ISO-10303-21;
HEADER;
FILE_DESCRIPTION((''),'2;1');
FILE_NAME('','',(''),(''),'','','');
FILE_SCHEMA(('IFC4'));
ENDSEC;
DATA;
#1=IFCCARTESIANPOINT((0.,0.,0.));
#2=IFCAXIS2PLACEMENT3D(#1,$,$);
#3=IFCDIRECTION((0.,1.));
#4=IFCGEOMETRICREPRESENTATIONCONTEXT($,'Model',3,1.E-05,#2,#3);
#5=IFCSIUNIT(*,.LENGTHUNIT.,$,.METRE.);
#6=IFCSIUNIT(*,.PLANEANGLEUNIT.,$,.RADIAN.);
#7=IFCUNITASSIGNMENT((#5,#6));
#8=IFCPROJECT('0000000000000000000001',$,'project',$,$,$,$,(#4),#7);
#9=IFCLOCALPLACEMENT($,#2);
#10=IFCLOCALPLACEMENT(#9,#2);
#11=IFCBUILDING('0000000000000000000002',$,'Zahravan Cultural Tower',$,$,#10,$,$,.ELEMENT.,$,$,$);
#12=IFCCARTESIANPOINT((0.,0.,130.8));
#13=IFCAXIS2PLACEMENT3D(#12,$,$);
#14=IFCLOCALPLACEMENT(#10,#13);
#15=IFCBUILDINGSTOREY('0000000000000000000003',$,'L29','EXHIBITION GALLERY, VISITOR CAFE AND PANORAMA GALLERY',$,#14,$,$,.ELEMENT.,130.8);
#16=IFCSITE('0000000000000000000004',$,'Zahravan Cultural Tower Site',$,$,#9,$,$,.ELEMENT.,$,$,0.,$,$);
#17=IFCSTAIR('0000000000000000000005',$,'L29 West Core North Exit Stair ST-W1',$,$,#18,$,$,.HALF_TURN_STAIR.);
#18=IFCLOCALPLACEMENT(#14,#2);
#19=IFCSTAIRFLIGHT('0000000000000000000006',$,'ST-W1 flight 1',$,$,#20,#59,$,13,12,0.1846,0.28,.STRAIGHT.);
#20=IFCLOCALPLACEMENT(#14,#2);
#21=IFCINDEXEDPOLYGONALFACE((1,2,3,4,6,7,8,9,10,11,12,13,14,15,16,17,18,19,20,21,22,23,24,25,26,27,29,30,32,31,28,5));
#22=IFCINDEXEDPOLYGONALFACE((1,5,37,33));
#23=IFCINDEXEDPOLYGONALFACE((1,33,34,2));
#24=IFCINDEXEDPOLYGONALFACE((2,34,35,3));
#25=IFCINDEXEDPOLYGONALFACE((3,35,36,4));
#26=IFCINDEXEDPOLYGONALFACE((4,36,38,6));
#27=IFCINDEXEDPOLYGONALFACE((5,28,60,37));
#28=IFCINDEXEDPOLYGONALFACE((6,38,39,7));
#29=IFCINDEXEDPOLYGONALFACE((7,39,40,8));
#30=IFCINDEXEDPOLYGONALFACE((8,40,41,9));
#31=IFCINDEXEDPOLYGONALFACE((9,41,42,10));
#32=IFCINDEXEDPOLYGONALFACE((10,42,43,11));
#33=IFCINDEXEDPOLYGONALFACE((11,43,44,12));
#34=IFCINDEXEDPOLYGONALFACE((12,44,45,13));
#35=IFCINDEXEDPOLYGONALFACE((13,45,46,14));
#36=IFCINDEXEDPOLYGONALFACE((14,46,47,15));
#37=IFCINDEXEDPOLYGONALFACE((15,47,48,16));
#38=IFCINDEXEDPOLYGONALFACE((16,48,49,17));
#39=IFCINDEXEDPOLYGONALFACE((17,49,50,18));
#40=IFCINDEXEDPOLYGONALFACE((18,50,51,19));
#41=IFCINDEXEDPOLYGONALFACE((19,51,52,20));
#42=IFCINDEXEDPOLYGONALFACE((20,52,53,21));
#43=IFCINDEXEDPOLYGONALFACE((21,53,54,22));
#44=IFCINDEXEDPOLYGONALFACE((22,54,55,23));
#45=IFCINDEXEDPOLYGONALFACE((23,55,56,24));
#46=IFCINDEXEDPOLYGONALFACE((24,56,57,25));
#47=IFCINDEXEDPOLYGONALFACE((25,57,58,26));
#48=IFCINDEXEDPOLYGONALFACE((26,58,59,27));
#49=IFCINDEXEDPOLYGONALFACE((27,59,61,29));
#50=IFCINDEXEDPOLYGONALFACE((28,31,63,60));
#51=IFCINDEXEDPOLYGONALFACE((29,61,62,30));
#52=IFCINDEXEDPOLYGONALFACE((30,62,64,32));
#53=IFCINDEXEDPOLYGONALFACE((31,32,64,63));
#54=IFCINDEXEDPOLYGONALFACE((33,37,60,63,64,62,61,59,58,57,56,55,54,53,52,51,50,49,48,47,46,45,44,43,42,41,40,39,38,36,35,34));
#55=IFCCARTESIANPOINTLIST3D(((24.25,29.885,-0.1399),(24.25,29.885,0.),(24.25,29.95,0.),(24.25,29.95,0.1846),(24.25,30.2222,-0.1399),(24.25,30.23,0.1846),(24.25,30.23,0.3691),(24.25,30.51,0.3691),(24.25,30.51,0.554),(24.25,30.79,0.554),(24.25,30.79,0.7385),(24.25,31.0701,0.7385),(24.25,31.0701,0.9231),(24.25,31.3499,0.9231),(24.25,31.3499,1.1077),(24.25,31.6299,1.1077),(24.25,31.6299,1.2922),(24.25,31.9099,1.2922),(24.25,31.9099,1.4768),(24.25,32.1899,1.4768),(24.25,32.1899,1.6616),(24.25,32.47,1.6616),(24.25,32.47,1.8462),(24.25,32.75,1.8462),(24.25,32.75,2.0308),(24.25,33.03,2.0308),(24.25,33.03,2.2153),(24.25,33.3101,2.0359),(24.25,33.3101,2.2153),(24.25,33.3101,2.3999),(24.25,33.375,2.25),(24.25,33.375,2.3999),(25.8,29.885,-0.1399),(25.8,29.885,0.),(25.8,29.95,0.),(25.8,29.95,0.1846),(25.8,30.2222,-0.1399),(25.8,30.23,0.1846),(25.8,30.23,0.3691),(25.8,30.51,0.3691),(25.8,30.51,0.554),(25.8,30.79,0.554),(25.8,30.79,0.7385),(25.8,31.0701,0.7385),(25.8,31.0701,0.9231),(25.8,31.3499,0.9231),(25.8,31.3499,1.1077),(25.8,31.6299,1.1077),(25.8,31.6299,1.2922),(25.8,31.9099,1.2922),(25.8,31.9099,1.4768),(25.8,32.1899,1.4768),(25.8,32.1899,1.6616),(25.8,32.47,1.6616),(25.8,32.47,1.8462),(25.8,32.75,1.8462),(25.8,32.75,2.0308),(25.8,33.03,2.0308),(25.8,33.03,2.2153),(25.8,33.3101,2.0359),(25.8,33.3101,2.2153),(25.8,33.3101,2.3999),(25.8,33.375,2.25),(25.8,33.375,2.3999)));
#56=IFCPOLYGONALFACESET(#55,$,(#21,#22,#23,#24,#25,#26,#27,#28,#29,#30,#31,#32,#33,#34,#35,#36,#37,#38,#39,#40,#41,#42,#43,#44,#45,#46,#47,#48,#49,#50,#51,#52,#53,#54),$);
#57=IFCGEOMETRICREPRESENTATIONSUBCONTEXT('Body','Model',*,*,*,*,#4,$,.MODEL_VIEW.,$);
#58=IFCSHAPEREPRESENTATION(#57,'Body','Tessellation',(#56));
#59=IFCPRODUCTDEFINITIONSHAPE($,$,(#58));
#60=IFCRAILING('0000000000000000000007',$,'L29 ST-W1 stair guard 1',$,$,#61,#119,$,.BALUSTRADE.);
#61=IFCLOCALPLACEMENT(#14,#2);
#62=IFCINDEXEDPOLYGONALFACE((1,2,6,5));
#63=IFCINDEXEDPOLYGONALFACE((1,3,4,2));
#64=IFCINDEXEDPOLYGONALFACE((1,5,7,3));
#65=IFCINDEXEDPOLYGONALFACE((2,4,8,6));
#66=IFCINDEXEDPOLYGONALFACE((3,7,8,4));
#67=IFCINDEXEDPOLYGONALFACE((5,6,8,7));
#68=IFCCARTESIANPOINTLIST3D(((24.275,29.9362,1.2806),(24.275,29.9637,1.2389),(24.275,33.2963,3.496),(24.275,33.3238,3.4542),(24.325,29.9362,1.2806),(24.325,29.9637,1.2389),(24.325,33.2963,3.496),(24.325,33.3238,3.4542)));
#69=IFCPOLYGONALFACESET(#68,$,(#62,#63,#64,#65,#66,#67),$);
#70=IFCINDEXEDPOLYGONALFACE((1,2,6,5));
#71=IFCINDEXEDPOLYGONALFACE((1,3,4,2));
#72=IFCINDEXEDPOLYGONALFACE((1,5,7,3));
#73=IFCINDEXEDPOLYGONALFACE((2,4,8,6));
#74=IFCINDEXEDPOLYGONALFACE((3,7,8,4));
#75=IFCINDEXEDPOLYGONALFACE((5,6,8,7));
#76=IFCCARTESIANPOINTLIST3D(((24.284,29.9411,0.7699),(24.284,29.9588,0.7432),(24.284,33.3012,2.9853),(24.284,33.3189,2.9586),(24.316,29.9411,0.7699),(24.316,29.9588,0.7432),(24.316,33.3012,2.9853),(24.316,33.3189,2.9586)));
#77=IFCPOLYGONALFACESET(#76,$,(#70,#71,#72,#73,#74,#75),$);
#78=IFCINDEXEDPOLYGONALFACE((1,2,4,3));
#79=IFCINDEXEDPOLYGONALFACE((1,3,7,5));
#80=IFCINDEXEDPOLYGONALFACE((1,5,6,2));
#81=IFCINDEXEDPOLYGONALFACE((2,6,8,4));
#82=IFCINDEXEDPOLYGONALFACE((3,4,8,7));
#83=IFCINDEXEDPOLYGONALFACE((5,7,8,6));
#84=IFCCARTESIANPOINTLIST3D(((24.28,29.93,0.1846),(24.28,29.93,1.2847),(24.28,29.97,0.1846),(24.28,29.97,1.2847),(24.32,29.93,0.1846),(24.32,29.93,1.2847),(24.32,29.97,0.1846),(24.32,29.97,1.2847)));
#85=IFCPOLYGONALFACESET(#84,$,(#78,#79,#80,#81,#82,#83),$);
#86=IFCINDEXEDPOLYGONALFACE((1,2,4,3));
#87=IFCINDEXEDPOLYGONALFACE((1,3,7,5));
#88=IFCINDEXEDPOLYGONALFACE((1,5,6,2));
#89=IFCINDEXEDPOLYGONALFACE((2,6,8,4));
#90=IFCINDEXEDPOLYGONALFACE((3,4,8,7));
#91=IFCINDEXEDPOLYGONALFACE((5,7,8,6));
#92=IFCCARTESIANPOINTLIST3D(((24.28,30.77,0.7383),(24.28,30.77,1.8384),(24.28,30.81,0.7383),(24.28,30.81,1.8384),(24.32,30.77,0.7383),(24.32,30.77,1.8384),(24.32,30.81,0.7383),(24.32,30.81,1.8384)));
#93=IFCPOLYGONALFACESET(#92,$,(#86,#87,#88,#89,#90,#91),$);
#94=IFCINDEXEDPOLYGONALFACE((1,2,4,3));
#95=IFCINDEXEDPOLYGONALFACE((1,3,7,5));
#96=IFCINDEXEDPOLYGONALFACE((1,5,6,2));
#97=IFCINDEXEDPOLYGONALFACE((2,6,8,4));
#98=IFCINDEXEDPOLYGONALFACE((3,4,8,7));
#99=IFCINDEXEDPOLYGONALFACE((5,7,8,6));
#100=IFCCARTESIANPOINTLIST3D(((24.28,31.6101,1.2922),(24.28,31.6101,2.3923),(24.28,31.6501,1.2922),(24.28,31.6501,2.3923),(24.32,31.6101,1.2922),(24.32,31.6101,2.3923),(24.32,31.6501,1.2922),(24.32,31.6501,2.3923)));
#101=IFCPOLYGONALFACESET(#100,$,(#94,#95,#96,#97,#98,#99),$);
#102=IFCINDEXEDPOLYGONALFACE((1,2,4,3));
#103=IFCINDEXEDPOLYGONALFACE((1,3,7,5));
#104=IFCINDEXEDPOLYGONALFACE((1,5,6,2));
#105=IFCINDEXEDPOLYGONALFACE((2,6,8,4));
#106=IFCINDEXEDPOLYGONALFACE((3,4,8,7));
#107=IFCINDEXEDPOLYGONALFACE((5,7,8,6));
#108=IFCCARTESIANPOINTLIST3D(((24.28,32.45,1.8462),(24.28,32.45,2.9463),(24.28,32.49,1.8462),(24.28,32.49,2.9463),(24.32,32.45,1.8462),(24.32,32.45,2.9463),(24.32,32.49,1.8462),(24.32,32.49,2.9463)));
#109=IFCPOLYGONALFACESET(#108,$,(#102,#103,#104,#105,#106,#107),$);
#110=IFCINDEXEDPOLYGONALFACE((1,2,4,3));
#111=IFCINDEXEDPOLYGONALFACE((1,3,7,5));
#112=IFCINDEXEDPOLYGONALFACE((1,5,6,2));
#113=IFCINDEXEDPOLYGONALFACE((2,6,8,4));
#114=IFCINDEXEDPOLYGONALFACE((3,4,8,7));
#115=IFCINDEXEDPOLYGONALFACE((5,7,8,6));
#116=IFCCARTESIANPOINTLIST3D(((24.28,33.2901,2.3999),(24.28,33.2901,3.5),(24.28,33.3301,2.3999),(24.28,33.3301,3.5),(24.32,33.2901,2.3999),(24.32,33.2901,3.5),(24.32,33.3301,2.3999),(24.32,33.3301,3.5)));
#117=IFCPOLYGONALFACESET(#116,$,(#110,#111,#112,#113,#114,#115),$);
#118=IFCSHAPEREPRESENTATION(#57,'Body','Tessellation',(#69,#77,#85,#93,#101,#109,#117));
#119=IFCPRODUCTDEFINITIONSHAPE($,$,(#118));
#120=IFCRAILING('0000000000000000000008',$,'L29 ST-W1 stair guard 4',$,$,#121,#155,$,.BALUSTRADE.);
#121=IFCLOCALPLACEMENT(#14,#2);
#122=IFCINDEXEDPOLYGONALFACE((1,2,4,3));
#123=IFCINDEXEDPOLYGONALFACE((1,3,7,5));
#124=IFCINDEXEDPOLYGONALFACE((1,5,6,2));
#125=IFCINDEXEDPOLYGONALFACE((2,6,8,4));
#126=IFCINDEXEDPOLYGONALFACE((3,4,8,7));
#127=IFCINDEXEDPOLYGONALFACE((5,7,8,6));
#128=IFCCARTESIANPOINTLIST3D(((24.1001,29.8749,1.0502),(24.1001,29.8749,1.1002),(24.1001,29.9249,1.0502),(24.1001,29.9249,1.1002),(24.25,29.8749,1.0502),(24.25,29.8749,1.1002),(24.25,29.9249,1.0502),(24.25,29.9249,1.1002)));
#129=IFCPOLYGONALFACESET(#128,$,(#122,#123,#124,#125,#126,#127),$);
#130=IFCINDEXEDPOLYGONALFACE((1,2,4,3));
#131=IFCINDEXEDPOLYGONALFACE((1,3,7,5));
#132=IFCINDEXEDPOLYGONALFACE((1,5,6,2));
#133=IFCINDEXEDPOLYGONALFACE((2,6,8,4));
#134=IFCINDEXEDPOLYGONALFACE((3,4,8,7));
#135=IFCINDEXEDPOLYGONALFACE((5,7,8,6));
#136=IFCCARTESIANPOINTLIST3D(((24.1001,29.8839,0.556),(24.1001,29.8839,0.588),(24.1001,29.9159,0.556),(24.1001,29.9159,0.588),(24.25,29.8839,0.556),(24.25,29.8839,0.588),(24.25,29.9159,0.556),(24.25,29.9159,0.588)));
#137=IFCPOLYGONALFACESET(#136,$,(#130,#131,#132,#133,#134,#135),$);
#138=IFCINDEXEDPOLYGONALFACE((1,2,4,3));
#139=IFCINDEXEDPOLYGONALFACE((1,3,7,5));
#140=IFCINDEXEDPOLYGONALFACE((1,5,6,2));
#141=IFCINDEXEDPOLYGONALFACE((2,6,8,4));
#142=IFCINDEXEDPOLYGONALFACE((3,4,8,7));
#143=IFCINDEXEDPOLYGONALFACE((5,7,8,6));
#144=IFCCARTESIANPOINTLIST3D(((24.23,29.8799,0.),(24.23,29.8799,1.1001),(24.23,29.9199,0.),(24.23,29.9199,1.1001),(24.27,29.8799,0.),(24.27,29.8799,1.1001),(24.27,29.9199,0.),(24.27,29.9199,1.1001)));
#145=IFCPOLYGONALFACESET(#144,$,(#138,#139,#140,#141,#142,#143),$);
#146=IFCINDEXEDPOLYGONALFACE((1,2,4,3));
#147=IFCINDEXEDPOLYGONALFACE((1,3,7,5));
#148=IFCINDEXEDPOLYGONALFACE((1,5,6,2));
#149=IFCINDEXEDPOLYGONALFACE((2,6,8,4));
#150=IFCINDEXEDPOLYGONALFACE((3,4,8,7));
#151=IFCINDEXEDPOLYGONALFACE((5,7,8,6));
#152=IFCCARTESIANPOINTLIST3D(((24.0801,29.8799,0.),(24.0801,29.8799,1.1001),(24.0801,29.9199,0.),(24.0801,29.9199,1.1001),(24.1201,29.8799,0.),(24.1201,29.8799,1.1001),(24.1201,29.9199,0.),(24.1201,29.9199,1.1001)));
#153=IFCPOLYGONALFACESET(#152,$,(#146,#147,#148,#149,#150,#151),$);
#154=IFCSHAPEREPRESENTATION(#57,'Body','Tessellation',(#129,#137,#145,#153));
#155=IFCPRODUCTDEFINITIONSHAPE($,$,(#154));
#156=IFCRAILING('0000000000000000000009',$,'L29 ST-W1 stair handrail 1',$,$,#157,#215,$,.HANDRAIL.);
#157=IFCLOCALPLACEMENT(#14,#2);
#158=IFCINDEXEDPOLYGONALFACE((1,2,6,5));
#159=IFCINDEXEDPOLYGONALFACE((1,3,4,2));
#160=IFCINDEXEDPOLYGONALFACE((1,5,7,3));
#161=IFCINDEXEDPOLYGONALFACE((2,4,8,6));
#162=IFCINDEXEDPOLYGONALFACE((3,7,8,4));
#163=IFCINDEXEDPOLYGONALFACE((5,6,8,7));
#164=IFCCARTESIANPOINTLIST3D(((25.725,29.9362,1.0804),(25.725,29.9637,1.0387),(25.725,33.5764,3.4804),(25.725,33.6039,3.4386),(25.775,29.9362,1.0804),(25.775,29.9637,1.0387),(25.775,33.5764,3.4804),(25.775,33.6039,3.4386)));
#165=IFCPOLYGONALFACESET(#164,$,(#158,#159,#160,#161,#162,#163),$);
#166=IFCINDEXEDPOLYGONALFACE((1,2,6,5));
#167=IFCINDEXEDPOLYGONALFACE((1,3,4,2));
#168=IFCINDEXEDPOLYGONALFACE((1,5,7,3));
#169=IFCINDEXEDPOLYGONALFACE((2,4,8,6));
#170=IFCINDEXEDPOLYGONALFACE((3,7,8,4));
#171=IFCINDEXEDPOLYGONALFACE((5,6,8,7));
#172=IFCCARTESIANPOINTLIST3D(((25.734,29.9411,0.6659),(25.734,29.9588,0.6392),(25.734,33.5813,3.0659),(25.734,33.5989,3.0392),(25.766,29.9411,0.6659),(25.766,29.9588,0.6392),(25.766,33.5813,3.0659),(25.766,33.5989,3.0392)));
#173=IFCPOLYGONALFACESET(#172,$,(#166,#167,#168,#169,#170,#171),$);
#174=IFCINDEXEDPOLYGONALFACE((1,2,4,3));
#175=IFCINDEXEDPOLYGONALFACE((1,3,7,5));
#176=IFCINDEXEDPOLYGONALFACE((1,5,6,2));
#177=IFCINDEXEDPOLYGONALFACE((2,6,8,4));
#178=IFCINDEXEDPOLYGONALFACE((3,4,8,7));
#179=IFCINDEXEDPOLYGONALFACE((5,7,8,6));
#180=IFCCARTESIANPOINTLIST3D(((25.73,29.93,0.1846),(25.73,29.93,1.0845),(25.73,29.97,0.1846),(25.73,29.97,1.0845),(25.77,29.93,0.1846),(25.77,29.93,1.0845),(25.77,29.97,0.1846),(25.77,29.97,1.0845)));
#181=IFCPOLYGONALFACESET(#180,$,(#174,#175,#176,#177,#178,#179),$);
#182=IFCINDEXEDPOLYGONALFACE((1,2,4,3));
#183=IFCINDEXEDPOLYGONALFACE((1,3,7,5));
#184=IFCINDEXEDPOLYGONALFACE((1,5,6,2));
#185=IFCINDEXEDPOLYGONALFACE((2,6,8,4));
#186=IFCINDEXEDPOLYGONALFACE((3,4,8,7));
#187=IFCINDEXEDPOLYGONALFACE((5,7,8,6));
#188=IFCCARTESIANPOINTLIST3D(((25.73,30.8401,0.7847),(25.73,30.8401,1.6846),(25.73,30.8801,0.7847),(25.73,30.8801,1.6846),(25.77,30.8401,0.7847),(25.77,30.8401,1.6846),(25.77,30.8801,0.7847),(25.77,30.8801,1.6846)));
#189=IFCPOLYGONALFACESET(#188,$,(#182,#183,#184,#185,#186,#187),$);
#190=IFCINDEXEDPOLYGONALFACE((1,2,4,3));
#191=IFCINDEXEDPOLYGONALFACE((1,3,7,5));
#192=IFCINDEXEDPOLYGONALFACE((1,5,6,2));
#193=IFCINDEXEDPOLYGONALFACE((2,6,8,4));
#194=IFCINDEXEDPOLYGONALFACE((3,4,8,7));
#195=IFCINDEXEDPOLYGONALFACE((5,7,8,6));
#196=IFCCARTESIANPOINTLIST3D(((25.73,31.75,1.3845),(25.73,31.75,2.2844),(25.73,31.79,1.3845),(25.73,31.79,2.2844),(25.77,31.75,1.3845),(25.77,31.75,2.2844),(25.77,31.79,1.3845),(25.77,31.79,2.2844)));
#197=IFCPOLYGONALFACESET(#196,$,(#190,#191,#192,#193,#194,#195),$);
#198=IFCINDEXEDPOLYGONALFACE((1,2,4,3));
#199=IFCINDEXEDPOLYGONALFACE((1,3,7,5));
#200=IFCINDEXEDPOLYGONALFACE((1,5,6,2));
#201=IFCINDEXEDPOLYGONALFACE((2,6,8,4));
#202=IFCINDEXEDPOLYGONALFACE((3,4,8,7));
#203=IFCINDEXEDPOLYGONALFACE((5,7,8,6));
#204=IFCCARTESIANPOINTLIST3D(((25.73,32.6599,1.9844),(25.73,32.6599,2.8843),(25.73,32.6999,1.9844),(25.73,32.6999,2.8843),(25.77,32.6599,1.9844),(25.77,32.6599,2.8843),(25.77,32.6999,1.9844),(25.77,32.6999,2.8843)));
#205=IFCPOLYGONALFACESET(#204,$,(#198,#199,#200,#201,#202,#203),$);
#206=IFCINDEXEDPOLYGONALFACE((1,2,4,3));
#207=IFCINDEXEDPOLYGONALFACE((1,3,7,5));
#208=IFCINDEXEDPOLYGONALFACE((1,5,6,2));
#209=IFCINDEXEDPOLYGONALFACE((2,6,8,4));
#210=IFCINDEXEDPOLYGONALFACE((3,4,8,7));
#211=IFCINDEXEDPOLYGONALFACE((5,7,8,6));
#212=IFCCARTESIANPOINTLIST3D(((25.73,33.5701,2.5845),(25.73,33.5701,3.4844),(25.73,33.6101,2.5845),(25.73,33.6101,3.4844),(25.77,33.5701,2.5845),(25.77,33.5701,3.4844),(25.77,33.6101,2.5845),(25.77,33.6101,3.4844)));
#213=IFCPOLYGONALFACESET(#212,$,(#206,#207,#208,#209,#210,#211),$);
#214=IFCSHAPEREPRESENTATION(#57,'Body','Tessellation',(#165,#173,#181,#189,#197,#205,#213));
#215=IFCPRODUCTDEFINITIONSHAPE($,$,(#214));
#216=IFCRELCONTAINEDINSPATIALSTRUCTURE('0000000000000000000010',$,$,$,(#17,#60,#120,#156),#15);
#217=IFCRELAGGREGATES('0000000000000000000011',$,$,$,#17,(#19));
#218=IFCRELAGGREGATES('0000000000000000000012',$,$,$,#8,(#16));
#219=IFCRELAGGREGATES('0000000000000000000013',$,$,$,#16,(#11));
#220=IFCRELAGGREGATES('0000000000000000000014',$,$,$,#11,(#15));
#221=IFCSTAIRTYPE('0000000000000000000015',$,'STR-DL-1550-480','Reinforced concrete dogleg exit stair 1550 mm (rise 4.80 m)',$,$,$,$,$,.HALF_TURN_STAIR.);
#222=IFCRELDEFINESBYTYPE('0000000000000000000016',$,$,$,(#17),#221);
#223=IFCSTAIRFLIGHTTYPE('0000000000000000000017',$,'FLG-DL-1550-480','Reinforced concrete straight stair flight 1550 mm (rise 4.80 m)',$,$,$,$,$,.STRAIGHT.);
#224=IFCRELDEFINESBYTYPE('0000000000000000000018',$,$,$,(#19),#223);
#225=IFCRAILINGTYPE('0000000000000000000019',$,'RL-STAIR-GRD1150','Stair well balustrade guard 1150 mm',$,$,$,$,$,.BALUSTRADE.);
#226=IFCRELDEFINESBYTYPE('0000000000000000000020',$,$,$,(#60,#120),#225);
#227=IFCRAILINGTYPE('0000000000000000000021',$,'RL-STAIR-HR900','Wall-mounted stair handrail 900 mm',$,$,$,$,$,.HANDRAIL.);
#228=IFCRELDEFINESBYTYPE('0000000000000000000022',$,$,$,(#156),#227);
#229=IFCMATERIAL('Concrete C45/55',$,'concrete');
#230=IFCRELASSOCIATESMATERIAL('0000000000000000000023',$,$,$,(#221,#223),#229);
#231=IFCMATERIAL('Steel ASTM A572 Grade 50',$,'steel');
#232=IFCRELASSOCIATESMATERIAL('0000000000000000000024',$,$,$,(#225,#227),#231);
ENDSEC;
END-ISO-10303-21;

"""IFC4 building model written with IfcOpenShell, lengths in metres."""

from ifc_helpers import new_model, si_unit, direction, frame, origin, origin_2d, place, context, subcontext, project, spatial, polyline, rectangle, outline, extrude, material, type_object, element, aggregate, save


model = new_model("IFC4")

# Units and contexts
model_context = context("Model", 3, precision=1e-05, world=origin(), true_north=direction((0.0, 1.0)))
body_context = subcontext(model_context, "Body", "Model", "MODEL_VIEW")
ifc_project = project(units=[si_unit("LENGTHUNIT", "METRE"), si_unit("PLANEANGLEUNIT", "RADIAN")], contexts=[model_context])

# Site, building, storey
site_placement = place(None, origin())
site = spatial("IfcSite", under=ifc_project, at=site_placement, Name="Zahravan Cultural Tower Site", CompositionType="ELEMENT", RefElevation=0.0)
building_placement = place(site_placement, origin())
building = spatial("IfcBuilding", under=site, at=building_placement, Name="Zahravan Cultural Tower", CompositionType="ELEMENT")
storey_placement = place(building_placement, frame((0.0, 0.0, 130.8)))
storey = spatial("IfcBuildingStorey", under=building, at=storey_placement, Name="L29", Description="EXHIBITION GALLERY, VISITOR CAFE AND PANORAMA GALLERY", CompositionType="ELEMENT", Elevation=130.8)

# Shared definitions
ifc_material_1 = material(Name="Steel ASTM A572 Grade 50", Category="steel")

# Shared definitions
ifc_material_2 = material(Name="Concrete C45/55", Category="concrete")

# Stair, stair flight
stair_type = type_object("IfcStairType", Name="STR-DL-1550-480", Description="Reinforced concrete dogleg exit stair 1550 mm (rise 4.80 m)", PredefinedType="HALF_TURN_STAIR", material=ifc_material_2)
stair_placement = place(storey_placement, origin())
stair = element("IfcStair", 1, at=stair_placement, inside=storey, type_object=stair_type, Name="L29 West Core North Exit Stair ST-W1", PredefinedType="HALF_TURN_STAIR")
stair_flight_type = type_object("IfcStairFlightType", Name="FLG-DL-1550-480", Description="Reinforced concrete straight stair flight 1550 mm (rise 4.80 m)", PredefinedType="STRAIGHT", material=ifc_material_2)
stair_flight_placement = place(storey_placement, frame((25.0249, 29.95, 0.0), z_axis=(0.0, 0.0, 1.0), x_axis=(0.0, 1.0, 0.0)))
stair_flight = element("IfcStairFlight", 2, at=stair_flight_placement, type_object=stair_flight_type, Name="ST-W1 flight 1", NumberOfRisers=13, NumberOfTreads=12, PredefinedType="STRAIGHT", RiserHeight=0.1846, TreadLength=0.28, context=body_context, shape_type="SweptSolid", body=[
    extrude(outline(polyline([(-0.0649, -0.1399), (-0.0649, 0.0), (0.0, 0.0), (0.0, 0.1846), (0.28, 0.1846), (0.28, 0.3691), (0.5601, 0.3691), (0.5601, 0.554), (0.8401, 0.554), (0.8401, 0.7385), (1.1201, 0.7385), (1.1201, 0.9231), (1.3999, 0.9231), (1.3999, 1.1077), (1.6799, 1.1077), (1.6799, 1.2922), (1.96, 1.2922), (1.96, 1.4768), (2.24, 1.4768), (2.24, 1.6616), (2.52, 1.6616), (2.52, 1.8462), (2.8, 1.8462), (2.8, 2.0308), (3.0801, 2.0308), (3.0801, 2.2153), (3.3601, 2.2153), (3.3601, 2.3999), (3.425, 2.3999), (3.425, 2.25), (3.3601, 2.0359), (0.2722, -0.1399), (-0.0649, -0.1399)])), frame((0.0, 0.7749, 0.0), z_axis=(0.0, -1.0, 0.0), x_axis=(1.0, 0.0, 0.0)), (0.0, 0.0, 1.0), 1.55),
])
aggregate(stair, [stair_flight])

# Railings
railing_type_1 = type_object("IfcRailingType", Name="RL-STAIR-GRD1150", Description="Stair well balustrade guard 1150 mm", PredefinedType="BALUSTRADE", material=ifc_material_1)
railing_1_placement = place(storey_placement, frame((24.3, 29.95, 0.1846)))
element("IfcRailing", 3, at=railing_1_placement, inside=storey, type_object=railing_type_1, Name="L29 ST-W1 stair guard 1", PredefinedType="BALUSTRADE", context=body_context, shape_type="SweptSolid", body=[
    extrude(rectangle(XDim=0.05, YDim=0.05, at=origin_2d()), frame((0.0, 0.0, 1.0752), z_axis=(0.0, 0.834876, 0.550437), x_axis=(-1.0, 0.0, 0.0)), (0.0, 0.0, 1.0), 4.0247),
    extrude(rectangle(XDim=0.032, YDim=0.032, at=origin_2d()), frame((0.0, 0.0, 0.572), z_axis=(0.0, 0.834876, 0.550437), x_axis=(-1.0, 0.0, 0.0)), (0.0, 0.0, 1.0), 4.0247),
    extrude(rectangle(XDim=0.04, YDim=0.04, at=origin_2d()), origin(), (0.0, 0.0, 1.0), 1.1001),
    extrude(rectangle(XDim=0.04, YDim=0.04, at=origin_2d()), frame((0.0, 0.8401, 0.5537)), (0.0, 0.0, 1.0), 1.1001),
    extrude(rectangle(XDim=0.04, YDim=0.04, at=origin_2d()), frame((0.0, 1.6802, 1.1077)), (0.0, 0.0, 1.0), 1.1001),
    extrude(rectangle(XDim=0.04, YDim=0.04, at=origin_2d()), frame((0.0, 2.52, 1.6616)), (0.0, 0.0, 1.0), 1.1001),
    extrude(rectangle(XDim=0.04, YDim=0.04, at=origin_2d()), frame((0.0, 3.3601, 2.2153)), (0.0, 0.0, 1.0), 1.1001),
])
railing_2_placement = place(storey_placement, frame((24.25, 29.8999, 0.0)))
element("IfcRailing", 4, at=railing_2_placement, inside=storey, type_object=railing_type_1, Name="L29 ST-W1 stair guard 4", PredefinedType="BALUSTRADE", context=body_context, shape_type="SweptSolid", body=[
    extrude(rectangle(XDim=0.05, YDim=0.05, at=origin_2d()), frame((0.0, 0.0, 1.0752), z_axis=(-1.0, 0.0, 0.0), x_axis=(0.0, -1.0, 0.0)), (0.0, 0.0, 1.0), 0.1499),
    extrude(rectangle(XDim=0.032, YDim=0.032, at=origin_2d()), frame((0.0, 0.0, 0.572), z_axis=(-1.0, 0.0, 0.0), x_axis=(0.0, -1.0, 0.0)), (0.0, 0.0, 1.0), 0.1499),
    extrude(rectangle(XDim=0.04, YDim=0.04, at=origin_2d()), origin(), (0.0, 0.0, 1.0), 1.1001),
    extrude(rectangle(XDim=0.04, YDim=0.04, at=origin_2d()), frame((-0.1499, 0.0, 0.0)), (0.0, 0.0, 1.0), 1.1001),
])
railing_type_2 = type_object("IfcRailingType", Name="RL-STAIR-HR900", Description="Wall-mounted stair handrail 900 mm", PredefinedType="HANDRAIL", material=ifc_material_1)
railing_3_placement = place(storey_placement, frame((25.75, 29.95, 0.1846)))
element("IfcRailing", 5, at=railing_3_placement, inside=storey, type_object=railing_type_2, Name="L29 ST-W1 stair handrail 1", PredefinedType="HANDRAIL", context=body_context, shape_type="SweptSolid", body=[
    extrude(rectangle(XDim=0.05, YDim=0.05, at=origin_2d()), frame((0.0, 0.0, 0.875), z_axis=(0.0, 0.834882, 0.550429), x_axis=(-1.0, 0.0, 0.0)), (0.0, 0.0, 1.0), 4.3601),
    extrude(rectangle(XDim=0.032, YDim=0.032, at=origin_2d()), frame((0.0, 0.0, 0.468), z_axis=(0.0, 0.834882, 0.550429), x_axis=(-1.0, 0.0, 0.0)), (0.0, 0.0, 1.0), 4.3601),
    extrude(rectangle(XDim=0.04, YDim=0.04, at=origin_2d()), origin(), (0.0, 0.0, 1.0), 0.8999),
    extrude(rectangle(XDim=0.04, YDim=0.04, at=origin_2d()), frame((0.0, 0.9102, 0.6001)), (0.0, 0.0, 1.0), 0.8999),
    extrude(rectangle(XDim=0.04, YDim=0.04, at=origin_2d()), frame((0.0, 1.8201, 1.2)), (0.0, 0.0, 1.0), 0.8999),
    extrude(rectangle(XDim=0.04, YDim=0.04, at=origin_2d()), frame((0.0, 2.73, 1.7998)), (0.0, 0.0, 1.0), 0.8999),
    extrude(rectangle(XDim=0.04, YDim=0.04, at=origin_2d()), frame((0.0, 3.6401, 2.3999)), (0.0, 0.0, 1.0), 0.8999),
])

save(model, "model.ifc")
